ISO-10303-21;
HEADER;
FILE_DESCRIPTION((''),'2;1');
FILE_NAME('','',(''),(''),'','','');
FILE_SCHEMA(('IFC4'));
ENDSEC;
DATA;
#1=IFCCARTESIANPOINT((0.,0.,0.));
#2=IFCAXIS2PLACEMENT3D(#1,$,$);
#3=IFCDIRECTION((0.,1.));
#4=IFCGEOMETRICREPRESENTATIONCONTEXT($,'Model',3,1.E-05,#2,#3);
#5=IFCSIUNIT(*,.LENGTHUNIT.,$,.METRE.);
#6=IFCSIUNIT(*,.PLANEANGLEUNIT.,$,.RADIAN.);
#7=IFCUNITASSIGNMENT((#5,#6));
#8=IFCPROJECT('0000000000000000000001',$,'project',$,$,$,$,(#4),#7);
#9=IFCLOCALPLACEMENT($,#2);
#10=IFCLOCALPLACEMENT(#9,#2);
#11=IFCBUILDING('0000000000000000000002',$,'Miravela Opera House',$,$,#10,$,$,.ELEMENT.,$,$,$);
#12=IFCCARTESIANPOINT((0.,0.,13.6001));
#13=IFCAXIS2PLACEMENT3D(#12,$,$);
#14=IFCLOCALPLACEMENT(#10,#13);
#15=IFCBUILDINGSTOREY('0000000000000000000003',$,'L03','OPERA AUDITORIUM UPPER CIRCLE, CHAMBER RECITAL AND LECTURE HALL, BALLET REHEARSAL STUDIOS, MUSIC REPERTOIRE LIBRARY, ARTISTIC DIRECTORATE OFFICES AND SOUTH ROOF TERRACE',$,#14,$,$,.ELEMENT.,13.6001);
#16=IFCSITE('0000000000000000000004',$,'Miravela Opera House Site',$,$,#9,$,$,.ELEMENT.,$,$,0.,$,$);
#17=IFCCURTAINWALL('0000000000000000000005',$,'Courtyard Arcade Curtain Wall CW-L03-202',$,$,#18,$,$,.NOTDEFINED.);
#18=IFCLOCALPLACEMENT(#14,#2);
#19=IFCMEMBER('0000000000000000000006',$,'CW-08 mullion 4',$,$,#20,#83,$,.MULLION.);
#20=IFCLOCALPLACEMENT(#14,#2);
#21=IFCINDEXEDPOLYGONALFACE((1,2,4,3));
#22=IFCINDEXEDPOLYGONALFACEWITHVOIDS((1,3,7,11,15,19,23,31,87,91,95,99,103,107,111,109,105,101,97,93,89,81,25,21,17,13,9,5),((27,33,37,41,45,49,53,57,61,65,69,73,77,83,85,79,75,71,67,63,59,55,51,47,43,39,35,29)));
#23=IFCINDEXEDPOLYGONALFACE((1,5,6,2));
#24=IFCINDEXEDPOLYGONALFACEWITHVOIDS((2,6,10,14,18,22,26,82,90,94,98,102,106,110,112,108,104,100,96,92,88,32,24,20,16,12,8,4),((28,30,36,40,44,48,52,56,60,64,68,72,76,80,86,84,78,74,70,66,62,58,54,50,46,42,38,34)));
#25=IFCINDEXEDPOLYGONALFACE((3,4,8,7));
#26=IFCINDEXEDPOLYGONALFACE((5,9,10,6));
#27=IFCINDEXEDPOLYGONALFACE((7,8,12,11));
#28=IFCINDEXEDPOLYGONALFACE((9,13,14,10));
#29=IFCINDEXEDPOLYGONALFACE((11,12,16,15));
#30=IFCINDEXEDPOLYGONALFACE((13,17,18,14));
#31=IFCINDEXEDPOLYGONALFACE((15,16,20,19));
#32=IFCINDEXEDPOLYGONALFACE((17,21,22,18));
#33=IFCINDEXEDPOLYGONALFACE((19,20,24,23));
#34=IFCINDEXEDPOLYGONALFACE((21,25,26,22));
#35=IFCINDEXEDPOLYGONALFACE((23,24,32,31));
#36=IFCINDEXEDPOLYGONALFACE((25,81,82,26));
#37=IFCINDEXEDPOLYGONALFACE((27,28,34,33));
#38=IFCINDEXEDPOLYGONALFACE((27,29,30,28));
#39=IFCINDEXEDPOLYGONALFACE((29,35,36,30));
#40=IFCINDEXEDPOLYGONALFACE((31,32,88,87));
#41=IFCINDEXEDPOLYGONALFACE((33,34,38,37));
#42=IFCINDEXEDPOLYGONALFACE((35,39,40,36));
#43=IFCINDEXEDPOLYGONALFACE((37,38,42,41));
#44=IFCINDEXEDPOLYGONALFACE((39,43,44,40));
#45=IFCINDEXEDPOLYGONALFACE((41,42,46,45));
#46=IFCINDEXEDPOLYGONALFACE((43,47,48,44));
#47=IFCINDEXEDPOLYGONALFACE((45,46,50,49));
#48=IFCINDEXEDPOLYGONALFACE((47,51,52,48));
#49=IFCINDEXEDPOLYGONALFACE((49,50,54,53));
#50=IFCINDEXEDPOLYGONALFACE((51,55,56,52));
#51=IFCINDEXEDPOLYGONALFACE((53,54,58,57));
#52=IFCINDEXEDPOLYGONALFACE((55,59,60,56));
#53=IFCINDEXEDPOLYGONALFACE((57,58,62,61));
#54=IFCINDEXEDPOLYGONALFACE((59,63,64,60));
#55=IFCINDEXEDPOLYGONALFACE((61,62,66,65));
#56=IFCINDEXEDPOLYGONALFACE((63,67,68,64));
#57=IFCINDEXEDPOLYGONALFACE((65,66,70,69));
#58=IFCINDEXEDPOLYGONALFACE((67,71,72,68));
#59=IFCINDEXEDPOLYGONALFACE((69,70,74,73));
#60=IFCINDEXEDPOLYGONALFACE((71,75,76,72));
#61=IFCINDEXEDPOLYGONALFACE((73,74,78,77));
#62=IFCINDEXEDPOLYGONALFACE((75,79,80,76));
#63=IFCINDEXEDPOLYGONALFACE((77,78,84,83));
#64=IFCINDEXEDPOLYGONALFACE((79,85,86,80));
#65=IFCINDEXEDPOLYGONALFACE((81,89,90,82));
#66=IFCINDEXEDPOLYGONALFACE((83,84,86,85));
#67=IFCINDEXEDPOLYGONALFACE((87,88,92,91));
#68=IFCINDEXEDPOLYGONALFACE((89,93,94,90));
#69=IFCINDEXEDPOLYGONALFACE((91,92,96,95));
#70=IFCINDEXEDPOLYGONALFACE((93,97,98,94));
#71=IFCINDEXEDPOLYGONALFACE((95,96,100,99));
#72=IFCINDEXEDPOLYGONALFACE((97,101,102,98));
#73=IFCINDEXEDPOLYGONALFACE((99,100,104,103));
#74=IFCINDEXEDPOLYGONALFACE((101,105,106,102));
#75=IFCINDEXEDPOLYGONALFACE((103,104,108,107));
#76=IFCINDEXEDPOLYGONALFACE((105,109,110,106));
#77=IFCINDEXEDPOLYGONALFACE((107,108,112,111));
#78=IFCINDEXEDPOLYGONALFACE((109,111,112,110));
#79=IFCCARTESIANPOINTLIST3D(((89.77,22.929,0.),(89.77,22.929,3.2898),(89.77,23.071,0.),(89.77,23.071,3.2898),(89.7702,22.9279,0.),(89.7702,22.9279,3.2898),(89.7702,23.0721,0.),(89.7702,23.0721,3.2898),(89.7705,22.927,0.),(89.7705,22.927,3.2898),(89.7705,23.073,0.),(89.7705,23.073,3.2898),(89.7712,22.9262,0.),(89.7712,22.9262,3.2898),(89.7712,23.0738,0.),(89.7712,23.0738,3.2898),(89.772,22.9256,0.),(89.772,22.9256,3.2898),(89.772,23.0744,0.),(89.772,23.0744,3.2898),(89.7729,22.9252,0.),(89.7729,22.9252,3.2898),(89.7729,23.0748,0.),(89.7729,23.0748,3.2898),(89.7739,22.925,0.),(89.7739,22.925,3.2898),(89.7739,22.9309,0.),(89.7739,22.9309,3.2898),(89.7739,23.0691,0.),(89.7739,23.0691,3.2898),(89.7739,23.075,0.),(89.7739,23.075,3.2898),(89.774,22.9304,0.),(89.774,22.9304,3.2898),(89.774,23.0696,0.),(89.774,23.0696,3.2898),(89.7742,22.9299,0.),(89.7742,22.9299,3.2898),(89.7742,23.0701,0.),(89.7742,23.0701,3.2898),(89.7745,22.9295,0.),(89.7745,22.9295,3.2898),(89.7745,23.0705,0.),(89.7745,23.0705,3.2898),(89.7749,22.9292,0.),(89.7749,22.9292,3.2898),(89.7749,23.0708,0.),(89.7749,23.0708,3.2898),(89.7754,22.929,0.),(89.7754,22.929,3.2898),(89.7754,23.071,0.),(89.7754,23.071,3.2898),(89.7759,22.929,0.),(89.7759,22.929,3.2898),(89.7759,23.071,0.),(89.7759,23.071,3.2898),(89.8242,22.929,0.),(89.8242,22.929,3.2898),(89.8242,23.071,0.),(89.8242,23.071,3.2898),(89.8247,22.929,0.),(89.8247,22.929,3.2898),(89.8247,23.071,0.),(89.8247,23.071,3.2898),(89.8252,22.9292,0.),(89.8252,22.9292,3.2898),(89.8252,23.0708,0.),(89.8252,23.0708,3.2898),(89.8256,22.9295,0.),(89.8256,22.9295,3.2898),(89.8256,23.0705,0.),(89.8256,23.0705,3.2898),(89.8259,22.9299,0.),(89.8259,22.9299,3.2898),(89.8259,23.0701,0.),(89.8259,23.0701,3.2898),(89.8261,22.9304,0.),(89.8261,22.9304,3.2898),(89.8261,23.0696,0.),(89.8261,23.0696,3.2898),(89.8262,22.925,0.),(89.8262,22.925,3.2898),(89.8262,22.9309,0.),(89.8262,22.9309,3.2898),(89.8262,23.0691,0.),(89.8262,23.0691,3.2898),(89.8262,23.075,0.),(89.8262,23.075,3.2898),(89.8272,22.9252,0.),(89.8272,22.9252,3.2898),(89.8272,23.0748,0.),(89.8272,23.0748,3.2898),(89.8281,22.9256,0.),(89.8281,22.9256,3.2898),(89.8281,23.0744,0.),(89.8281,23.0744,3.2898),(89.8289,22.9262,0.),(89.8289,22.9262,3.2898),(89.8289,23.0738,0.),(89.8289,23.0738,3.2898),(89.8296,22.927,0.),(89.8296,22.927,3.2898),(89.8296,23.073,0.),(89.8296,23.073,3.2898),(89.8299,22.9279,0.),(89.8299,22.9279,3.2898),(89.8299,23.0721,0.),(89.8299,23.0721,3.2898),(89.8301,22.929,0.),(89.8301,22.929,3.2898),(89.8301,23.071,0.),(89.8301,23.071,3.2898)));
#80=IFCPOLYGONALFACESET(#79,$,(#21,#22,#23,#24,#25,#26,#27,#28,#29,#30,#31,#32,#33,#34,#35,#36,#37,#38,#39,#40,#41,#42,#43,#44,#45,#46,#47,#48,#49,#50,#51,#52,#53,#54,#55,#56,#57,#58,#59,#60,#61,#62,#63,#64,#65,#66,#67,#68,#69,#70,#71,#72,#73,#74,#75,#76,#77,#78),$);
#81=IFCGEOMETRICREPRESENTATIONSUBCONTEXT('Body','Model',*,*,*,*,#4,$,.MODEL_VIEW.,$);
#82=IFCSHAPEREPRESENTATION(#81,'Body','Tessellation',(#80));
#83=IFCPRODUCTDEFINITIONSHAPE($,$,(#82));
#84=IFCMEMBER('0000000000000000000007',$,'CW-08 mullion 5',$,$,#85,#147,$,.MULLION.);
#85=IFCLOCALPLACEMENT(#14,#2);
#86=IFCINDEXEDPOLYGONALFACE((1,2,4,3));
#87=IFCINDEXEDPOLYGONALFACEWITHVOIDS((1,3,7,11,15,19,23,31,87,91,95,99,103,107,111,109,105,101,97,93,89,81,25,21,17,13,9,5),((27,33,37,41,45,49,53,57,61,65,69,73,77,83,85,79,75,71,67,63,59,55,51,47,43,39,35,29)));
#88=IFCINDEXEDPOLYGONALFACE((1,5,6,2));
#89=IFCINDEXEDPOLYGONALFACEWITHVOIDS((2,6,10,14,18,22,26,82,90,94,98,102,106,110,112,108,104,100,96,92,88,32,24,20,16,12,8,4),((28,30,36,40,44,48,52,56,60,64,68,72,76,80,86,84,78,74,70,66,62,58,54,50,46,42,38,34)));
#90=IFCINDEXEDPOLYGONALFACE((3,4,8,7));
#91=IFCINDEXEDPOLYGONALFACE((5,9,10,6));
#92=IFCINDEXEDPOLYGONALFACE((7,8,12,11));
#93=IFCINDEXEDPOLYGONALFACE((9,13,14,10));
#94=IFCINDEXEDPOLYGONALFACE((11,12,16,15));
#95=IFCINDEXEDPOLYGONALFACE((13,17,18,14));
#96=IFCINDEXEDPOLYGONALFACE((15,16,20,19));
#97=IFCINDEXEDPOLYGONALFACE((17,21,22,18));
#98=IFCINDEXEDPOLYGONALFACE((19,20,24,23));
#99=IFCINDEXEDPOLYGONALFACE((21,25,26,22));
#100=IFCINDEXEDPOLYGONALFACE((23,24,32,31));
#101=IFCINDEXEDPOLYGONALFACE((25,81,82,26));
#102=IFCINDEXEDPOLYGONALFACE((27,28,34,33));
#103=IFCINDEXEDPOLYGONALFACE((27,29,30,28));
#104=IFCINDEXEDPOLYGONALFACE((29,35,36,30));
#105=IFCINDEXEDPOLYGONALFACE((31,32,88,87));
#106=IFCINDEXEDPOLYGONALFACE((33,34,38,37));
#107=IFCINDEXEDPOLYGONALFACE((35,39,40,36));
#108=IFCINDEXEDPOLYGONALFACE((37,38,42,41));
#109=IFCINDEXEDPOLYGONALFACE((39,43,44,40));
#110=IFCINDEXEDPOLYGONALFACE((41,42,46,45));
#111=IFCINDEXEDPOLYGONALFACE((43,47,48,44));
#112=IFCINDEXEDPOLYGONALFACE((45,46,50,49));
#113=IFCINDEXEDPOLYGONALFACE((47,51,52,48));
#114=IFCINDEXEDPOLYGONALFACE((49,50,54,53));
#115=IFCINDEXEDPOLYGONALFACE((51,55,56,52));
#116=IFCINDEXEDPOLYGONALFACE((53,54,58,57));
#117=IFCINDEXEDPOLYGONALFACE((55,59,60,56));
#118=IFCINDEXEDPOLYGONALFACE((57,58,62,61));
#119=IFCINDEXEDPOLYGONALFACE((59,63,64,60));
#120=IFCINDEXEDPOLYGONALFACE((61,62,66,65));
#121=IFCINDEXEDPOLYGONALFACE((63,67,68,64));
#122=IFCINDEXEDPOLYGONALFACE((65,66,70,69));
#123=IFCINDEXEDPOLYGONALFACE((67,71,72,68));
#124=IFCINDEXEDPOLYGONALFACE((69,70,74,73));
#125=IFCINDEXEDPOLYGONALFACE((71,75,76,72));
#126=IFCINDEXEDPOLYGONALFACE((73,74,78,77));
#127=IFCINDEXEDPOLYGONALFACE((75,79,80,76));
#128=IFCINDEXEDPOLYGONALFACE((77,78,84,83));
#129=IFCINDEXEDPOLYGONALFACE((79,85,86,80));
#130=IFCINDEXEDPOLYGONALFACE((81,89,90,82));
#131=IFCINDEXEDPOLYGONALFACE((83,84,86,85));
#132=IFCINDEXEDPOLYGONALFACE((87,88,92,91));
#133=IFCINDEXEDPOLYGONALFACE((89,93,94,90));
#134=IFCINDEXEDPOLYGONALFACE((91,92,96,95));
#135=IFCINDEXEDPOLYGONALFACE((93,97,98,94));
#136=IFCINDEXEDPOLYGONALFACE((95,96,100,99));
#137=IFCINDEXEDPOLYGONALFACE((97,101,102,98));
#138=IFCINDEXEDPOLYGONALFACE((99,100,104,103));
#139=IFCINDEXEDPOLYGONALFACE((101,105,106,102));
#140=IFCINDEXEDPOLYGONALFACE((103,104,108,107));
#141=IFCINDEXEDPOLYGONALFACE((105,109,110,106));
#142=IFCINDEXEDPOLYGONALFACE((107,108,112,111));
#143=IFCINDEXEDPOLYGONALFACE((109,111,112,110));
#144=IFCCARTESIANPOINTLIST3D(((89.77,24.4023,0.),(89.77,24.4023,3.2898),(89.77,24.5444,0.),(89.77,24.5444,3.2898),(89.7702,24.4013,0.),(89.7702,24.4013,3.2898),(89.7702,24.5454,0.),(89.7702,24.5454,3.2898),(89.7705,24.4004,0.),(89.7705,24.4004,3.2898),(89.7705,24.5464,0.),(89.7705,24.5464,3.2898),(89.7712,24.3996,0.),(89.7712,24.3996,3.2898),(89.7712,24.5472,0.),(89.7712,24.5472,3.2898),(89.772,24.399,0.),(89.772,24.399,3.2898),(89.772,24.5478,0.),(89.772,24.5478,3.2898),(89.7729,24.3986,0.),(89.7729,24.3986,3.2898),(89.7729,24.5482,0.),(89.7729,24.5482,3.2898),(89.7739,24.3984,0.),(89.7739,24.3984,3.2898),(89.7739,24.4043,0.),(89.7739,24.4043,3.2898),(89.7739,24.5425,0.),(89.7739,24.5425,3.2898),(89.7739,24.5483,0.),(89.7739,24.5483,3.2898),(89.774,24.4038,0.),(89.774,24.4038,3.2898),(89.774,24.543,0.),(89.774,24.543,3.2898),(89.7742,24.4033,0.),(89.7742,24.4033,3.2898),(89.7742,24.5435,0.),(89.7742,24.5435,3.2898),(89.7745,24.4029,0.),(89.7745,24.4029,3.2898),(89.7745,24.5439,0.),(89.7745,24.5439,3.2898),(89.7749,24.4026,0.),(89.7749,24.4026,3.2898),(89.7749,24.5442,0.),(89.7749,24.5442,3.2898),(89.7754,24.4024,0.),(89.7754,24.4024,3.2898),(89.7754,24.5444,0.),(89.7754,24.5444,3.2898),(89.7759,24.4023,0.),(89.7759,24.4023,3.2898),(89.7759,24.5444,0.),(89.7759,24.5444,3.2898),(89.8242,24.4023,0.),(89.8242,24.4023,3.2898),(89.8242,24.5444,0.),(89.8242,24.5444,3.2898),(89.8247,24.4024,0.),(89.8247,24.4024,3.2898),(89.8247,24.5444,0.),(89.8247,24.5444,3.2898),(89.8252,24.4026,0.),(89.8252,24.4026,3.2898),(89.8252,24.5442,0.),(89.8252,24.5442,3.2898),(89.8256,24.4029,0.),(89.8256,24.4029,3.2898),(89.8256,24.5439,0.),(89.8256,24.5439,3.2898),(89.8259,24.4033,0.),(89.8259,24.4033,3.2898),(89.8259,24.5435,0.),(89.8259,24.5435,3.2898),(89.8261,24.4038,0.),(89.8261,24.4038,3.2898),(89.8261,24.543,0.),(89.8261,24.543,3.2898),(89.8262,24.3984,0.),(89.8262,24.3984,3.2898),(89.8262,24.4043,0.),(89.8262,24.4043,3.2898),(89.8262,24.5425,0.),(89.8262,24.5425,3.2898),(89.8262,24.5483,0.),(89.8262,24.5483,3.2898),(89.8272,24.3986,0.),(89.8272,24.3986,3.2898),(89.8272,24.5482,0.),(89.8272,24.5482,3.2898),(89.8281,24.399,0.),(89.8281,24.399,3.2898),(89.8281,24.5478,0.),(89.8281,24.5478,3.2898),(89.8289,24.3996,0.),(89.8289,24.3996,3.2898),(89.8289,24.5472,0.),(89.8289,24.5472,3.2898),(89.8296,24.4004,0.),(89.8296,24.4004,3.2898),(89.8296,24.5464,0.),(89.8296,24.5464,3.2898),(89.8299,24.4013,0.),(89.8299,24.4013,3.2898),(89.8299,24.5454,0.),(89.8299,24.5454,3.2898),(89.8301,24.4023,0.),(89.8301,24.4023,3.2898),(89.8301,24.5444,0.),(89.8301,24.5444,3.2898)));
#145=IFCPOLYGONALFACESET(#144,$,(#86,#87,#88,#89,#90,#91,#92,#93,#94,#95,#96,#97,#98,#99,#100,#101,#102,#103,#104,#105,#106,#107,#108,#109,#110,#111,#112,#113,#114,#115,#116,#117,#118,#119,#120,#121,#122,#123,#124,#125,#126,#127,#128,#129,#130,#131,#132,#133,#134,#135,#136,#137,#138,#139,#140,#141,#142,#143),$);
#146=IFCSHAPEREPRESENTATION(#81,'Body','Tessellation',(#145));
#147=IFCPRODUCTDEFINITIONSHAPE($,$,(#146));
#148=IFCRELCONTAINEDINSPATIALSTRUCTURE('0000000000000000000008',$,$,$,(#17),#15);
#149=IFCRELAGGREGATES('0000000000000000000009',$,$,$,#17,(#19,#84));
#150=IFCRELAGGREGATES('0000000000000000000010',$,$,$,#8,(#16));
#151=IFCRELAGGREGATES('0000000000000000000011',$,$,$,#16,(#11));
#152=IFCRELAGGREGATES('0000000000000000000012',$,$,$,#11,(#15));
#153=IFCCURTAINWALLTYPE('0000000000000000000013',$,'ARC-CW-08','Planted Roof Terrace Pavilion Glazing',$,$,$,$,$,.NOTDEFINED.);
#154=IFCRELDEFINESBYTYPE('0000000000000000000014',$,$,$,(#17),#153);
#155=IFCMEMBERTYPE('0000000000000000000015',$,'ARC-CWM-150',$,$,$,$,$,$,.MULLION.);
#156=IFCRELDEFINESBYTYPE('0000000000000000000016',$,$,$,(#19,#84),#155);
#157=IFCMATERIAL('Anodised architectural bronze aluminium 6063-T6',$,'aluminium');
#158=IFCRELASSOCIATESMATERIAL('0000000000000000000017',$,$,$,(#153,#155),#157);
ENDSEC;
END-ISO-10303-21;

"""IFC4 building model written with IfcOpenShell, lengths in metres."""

from ifc_helpers import new_model, si_unit, direction, frame, origin, origin_2d, place, context, subcontext, project, spatial, hollow_rectangle, extrude, material, material_profile, profile_set, type_object, element, aggregate, save


model = new_model("IFC4")

# Units and contexts
model_context = context("Model", 3, precision=1e-05, world=origin(), true_north=direction((0.0, 1.0)))
body_context = subcontext(model_context, "Body", "Model", "MODEL_VIEW")
ifc_project = project(units=[si_unit("LENGTHUNIT", "METRE"), si_unit("PLANEANGLEUNIT", "RADIAN")], contexts=[model_context])

# Site, building, storey
site_placement = place(None, origin())
site = spatial("IfcSite", under=ifc_project, at=site_placement, Name="Miravela Opera House Site", CompositionType="ELEMENT", RefElevation=0.0)
building_placement = place(site_placement, origin())
building = spatial("IfcBuilding", under=site, at=building_placement, Name="Miravela Opera House", CompositionType="ELEMENT")
storey_placement = place(building_placement, frame((0.0, 0.0, 13.6001)))
storey = spatial("IfcBuildingStorey", under=building, at=storey_placement, Name="L03", Description="OPERA AUDITORIUM UPPER CIRCLE, CHAMBER RECITAL AND LECTURE HALL, BALLET REHEARSAL STUDIOS, MUSIC REPERTOIRE LIBRARY, ARTISTIC DIRECTORATE OFFICES AND SOUTH ROOF TERRACE", CompositionType="ELEMENT", Elevation=13.6001)

# Curtain wall, members
ifc_material_1 = material(Name="Anodised architectural bronze aluminium 6063-T6", Category="aluminium")
curtain_wall_type = type_object("IfcCurtainWallType", Name="ARC-CW-08", Description="Planted Roof Terrace Pavilion Glazing", PredefinedType="NOTDEFINED", material=ifc_material_1)
curtain_wall_placement = place(storey_placement, origin())
curtain_wall = element("IfcCurtainWall", 1, at=curtain_wall_placement, inside=storey, type_object=curtain_wall_type, Name="Courtyard Arcade Curtain Wall CW-L03-202", PredefinedType="NOTDEFINED")
ifc_material_profile_1 = material_profile(ifc_material_1, hollow_rectangle(XDim=0.0601, YDim=0.1499, WallThickness=0.0039, InnerFilletRadius=0.002, OuterFilletRadius=0.0039, at=origin_2d()), Name="CWM-60X150")
ifc_profile_set_1 = profile_set([ifc_material_profile_1])
member_type_1 = type_object("IfcMemberType", Name="ARC-CWM-150", PredefinedType="MULLION", material=ifc_profile_set_1)
member_1_placement = place(storey_placement, frame((89.8, 23.0, 0.0), z_axis=(0.0, 0.0, 1.0), x_axis=(-1.0, 0.0, 0.0)))
member_1 = element("IfcMember", 2, at=member_1_placement, type_object=member_type_1, Name="CW-08 mullion 4", PredefinedType="MULLION", context=body_context, shape_type="SweptSolid", body=[
    extrude(hollow_rectangle(XDim=0.0601, YDim=0.1499, WallThickness=0.0039, InnerFilletRadius=0.002, OuterFilletRadius=0.0039, at=origin_2d()), origin(), (0.0, 0.0, 1.0), 3.2898),
])
member_2_placement = place(storey_placement, frame((89.8, 24.4734, 0.0), z_axis=(0.0, 0.0, 1.0), x_axis=(-1.0, 0.0, 0.0)))
member_2 = element("IfcMember", 3, at=member_2_placement, type_object=member_type_1, Name="CW-08 mullion 5", PredefinedType="MULLION", context=body_context, shape_type="SweptSolid", body=[
    extrude(hollow_rectangle(XDim=0.0601, YDim=0.1499, WallThickness=0.0039, InnerFilletRadius=0.002, OuterFilletRadius=0.0039, at=origin_2d()), origin(), (0.0, 0.0, 1.0), 3.2898),
])

aggregate(curtain_wall, [member_1, member_2])

save(model, "model.ifc")
